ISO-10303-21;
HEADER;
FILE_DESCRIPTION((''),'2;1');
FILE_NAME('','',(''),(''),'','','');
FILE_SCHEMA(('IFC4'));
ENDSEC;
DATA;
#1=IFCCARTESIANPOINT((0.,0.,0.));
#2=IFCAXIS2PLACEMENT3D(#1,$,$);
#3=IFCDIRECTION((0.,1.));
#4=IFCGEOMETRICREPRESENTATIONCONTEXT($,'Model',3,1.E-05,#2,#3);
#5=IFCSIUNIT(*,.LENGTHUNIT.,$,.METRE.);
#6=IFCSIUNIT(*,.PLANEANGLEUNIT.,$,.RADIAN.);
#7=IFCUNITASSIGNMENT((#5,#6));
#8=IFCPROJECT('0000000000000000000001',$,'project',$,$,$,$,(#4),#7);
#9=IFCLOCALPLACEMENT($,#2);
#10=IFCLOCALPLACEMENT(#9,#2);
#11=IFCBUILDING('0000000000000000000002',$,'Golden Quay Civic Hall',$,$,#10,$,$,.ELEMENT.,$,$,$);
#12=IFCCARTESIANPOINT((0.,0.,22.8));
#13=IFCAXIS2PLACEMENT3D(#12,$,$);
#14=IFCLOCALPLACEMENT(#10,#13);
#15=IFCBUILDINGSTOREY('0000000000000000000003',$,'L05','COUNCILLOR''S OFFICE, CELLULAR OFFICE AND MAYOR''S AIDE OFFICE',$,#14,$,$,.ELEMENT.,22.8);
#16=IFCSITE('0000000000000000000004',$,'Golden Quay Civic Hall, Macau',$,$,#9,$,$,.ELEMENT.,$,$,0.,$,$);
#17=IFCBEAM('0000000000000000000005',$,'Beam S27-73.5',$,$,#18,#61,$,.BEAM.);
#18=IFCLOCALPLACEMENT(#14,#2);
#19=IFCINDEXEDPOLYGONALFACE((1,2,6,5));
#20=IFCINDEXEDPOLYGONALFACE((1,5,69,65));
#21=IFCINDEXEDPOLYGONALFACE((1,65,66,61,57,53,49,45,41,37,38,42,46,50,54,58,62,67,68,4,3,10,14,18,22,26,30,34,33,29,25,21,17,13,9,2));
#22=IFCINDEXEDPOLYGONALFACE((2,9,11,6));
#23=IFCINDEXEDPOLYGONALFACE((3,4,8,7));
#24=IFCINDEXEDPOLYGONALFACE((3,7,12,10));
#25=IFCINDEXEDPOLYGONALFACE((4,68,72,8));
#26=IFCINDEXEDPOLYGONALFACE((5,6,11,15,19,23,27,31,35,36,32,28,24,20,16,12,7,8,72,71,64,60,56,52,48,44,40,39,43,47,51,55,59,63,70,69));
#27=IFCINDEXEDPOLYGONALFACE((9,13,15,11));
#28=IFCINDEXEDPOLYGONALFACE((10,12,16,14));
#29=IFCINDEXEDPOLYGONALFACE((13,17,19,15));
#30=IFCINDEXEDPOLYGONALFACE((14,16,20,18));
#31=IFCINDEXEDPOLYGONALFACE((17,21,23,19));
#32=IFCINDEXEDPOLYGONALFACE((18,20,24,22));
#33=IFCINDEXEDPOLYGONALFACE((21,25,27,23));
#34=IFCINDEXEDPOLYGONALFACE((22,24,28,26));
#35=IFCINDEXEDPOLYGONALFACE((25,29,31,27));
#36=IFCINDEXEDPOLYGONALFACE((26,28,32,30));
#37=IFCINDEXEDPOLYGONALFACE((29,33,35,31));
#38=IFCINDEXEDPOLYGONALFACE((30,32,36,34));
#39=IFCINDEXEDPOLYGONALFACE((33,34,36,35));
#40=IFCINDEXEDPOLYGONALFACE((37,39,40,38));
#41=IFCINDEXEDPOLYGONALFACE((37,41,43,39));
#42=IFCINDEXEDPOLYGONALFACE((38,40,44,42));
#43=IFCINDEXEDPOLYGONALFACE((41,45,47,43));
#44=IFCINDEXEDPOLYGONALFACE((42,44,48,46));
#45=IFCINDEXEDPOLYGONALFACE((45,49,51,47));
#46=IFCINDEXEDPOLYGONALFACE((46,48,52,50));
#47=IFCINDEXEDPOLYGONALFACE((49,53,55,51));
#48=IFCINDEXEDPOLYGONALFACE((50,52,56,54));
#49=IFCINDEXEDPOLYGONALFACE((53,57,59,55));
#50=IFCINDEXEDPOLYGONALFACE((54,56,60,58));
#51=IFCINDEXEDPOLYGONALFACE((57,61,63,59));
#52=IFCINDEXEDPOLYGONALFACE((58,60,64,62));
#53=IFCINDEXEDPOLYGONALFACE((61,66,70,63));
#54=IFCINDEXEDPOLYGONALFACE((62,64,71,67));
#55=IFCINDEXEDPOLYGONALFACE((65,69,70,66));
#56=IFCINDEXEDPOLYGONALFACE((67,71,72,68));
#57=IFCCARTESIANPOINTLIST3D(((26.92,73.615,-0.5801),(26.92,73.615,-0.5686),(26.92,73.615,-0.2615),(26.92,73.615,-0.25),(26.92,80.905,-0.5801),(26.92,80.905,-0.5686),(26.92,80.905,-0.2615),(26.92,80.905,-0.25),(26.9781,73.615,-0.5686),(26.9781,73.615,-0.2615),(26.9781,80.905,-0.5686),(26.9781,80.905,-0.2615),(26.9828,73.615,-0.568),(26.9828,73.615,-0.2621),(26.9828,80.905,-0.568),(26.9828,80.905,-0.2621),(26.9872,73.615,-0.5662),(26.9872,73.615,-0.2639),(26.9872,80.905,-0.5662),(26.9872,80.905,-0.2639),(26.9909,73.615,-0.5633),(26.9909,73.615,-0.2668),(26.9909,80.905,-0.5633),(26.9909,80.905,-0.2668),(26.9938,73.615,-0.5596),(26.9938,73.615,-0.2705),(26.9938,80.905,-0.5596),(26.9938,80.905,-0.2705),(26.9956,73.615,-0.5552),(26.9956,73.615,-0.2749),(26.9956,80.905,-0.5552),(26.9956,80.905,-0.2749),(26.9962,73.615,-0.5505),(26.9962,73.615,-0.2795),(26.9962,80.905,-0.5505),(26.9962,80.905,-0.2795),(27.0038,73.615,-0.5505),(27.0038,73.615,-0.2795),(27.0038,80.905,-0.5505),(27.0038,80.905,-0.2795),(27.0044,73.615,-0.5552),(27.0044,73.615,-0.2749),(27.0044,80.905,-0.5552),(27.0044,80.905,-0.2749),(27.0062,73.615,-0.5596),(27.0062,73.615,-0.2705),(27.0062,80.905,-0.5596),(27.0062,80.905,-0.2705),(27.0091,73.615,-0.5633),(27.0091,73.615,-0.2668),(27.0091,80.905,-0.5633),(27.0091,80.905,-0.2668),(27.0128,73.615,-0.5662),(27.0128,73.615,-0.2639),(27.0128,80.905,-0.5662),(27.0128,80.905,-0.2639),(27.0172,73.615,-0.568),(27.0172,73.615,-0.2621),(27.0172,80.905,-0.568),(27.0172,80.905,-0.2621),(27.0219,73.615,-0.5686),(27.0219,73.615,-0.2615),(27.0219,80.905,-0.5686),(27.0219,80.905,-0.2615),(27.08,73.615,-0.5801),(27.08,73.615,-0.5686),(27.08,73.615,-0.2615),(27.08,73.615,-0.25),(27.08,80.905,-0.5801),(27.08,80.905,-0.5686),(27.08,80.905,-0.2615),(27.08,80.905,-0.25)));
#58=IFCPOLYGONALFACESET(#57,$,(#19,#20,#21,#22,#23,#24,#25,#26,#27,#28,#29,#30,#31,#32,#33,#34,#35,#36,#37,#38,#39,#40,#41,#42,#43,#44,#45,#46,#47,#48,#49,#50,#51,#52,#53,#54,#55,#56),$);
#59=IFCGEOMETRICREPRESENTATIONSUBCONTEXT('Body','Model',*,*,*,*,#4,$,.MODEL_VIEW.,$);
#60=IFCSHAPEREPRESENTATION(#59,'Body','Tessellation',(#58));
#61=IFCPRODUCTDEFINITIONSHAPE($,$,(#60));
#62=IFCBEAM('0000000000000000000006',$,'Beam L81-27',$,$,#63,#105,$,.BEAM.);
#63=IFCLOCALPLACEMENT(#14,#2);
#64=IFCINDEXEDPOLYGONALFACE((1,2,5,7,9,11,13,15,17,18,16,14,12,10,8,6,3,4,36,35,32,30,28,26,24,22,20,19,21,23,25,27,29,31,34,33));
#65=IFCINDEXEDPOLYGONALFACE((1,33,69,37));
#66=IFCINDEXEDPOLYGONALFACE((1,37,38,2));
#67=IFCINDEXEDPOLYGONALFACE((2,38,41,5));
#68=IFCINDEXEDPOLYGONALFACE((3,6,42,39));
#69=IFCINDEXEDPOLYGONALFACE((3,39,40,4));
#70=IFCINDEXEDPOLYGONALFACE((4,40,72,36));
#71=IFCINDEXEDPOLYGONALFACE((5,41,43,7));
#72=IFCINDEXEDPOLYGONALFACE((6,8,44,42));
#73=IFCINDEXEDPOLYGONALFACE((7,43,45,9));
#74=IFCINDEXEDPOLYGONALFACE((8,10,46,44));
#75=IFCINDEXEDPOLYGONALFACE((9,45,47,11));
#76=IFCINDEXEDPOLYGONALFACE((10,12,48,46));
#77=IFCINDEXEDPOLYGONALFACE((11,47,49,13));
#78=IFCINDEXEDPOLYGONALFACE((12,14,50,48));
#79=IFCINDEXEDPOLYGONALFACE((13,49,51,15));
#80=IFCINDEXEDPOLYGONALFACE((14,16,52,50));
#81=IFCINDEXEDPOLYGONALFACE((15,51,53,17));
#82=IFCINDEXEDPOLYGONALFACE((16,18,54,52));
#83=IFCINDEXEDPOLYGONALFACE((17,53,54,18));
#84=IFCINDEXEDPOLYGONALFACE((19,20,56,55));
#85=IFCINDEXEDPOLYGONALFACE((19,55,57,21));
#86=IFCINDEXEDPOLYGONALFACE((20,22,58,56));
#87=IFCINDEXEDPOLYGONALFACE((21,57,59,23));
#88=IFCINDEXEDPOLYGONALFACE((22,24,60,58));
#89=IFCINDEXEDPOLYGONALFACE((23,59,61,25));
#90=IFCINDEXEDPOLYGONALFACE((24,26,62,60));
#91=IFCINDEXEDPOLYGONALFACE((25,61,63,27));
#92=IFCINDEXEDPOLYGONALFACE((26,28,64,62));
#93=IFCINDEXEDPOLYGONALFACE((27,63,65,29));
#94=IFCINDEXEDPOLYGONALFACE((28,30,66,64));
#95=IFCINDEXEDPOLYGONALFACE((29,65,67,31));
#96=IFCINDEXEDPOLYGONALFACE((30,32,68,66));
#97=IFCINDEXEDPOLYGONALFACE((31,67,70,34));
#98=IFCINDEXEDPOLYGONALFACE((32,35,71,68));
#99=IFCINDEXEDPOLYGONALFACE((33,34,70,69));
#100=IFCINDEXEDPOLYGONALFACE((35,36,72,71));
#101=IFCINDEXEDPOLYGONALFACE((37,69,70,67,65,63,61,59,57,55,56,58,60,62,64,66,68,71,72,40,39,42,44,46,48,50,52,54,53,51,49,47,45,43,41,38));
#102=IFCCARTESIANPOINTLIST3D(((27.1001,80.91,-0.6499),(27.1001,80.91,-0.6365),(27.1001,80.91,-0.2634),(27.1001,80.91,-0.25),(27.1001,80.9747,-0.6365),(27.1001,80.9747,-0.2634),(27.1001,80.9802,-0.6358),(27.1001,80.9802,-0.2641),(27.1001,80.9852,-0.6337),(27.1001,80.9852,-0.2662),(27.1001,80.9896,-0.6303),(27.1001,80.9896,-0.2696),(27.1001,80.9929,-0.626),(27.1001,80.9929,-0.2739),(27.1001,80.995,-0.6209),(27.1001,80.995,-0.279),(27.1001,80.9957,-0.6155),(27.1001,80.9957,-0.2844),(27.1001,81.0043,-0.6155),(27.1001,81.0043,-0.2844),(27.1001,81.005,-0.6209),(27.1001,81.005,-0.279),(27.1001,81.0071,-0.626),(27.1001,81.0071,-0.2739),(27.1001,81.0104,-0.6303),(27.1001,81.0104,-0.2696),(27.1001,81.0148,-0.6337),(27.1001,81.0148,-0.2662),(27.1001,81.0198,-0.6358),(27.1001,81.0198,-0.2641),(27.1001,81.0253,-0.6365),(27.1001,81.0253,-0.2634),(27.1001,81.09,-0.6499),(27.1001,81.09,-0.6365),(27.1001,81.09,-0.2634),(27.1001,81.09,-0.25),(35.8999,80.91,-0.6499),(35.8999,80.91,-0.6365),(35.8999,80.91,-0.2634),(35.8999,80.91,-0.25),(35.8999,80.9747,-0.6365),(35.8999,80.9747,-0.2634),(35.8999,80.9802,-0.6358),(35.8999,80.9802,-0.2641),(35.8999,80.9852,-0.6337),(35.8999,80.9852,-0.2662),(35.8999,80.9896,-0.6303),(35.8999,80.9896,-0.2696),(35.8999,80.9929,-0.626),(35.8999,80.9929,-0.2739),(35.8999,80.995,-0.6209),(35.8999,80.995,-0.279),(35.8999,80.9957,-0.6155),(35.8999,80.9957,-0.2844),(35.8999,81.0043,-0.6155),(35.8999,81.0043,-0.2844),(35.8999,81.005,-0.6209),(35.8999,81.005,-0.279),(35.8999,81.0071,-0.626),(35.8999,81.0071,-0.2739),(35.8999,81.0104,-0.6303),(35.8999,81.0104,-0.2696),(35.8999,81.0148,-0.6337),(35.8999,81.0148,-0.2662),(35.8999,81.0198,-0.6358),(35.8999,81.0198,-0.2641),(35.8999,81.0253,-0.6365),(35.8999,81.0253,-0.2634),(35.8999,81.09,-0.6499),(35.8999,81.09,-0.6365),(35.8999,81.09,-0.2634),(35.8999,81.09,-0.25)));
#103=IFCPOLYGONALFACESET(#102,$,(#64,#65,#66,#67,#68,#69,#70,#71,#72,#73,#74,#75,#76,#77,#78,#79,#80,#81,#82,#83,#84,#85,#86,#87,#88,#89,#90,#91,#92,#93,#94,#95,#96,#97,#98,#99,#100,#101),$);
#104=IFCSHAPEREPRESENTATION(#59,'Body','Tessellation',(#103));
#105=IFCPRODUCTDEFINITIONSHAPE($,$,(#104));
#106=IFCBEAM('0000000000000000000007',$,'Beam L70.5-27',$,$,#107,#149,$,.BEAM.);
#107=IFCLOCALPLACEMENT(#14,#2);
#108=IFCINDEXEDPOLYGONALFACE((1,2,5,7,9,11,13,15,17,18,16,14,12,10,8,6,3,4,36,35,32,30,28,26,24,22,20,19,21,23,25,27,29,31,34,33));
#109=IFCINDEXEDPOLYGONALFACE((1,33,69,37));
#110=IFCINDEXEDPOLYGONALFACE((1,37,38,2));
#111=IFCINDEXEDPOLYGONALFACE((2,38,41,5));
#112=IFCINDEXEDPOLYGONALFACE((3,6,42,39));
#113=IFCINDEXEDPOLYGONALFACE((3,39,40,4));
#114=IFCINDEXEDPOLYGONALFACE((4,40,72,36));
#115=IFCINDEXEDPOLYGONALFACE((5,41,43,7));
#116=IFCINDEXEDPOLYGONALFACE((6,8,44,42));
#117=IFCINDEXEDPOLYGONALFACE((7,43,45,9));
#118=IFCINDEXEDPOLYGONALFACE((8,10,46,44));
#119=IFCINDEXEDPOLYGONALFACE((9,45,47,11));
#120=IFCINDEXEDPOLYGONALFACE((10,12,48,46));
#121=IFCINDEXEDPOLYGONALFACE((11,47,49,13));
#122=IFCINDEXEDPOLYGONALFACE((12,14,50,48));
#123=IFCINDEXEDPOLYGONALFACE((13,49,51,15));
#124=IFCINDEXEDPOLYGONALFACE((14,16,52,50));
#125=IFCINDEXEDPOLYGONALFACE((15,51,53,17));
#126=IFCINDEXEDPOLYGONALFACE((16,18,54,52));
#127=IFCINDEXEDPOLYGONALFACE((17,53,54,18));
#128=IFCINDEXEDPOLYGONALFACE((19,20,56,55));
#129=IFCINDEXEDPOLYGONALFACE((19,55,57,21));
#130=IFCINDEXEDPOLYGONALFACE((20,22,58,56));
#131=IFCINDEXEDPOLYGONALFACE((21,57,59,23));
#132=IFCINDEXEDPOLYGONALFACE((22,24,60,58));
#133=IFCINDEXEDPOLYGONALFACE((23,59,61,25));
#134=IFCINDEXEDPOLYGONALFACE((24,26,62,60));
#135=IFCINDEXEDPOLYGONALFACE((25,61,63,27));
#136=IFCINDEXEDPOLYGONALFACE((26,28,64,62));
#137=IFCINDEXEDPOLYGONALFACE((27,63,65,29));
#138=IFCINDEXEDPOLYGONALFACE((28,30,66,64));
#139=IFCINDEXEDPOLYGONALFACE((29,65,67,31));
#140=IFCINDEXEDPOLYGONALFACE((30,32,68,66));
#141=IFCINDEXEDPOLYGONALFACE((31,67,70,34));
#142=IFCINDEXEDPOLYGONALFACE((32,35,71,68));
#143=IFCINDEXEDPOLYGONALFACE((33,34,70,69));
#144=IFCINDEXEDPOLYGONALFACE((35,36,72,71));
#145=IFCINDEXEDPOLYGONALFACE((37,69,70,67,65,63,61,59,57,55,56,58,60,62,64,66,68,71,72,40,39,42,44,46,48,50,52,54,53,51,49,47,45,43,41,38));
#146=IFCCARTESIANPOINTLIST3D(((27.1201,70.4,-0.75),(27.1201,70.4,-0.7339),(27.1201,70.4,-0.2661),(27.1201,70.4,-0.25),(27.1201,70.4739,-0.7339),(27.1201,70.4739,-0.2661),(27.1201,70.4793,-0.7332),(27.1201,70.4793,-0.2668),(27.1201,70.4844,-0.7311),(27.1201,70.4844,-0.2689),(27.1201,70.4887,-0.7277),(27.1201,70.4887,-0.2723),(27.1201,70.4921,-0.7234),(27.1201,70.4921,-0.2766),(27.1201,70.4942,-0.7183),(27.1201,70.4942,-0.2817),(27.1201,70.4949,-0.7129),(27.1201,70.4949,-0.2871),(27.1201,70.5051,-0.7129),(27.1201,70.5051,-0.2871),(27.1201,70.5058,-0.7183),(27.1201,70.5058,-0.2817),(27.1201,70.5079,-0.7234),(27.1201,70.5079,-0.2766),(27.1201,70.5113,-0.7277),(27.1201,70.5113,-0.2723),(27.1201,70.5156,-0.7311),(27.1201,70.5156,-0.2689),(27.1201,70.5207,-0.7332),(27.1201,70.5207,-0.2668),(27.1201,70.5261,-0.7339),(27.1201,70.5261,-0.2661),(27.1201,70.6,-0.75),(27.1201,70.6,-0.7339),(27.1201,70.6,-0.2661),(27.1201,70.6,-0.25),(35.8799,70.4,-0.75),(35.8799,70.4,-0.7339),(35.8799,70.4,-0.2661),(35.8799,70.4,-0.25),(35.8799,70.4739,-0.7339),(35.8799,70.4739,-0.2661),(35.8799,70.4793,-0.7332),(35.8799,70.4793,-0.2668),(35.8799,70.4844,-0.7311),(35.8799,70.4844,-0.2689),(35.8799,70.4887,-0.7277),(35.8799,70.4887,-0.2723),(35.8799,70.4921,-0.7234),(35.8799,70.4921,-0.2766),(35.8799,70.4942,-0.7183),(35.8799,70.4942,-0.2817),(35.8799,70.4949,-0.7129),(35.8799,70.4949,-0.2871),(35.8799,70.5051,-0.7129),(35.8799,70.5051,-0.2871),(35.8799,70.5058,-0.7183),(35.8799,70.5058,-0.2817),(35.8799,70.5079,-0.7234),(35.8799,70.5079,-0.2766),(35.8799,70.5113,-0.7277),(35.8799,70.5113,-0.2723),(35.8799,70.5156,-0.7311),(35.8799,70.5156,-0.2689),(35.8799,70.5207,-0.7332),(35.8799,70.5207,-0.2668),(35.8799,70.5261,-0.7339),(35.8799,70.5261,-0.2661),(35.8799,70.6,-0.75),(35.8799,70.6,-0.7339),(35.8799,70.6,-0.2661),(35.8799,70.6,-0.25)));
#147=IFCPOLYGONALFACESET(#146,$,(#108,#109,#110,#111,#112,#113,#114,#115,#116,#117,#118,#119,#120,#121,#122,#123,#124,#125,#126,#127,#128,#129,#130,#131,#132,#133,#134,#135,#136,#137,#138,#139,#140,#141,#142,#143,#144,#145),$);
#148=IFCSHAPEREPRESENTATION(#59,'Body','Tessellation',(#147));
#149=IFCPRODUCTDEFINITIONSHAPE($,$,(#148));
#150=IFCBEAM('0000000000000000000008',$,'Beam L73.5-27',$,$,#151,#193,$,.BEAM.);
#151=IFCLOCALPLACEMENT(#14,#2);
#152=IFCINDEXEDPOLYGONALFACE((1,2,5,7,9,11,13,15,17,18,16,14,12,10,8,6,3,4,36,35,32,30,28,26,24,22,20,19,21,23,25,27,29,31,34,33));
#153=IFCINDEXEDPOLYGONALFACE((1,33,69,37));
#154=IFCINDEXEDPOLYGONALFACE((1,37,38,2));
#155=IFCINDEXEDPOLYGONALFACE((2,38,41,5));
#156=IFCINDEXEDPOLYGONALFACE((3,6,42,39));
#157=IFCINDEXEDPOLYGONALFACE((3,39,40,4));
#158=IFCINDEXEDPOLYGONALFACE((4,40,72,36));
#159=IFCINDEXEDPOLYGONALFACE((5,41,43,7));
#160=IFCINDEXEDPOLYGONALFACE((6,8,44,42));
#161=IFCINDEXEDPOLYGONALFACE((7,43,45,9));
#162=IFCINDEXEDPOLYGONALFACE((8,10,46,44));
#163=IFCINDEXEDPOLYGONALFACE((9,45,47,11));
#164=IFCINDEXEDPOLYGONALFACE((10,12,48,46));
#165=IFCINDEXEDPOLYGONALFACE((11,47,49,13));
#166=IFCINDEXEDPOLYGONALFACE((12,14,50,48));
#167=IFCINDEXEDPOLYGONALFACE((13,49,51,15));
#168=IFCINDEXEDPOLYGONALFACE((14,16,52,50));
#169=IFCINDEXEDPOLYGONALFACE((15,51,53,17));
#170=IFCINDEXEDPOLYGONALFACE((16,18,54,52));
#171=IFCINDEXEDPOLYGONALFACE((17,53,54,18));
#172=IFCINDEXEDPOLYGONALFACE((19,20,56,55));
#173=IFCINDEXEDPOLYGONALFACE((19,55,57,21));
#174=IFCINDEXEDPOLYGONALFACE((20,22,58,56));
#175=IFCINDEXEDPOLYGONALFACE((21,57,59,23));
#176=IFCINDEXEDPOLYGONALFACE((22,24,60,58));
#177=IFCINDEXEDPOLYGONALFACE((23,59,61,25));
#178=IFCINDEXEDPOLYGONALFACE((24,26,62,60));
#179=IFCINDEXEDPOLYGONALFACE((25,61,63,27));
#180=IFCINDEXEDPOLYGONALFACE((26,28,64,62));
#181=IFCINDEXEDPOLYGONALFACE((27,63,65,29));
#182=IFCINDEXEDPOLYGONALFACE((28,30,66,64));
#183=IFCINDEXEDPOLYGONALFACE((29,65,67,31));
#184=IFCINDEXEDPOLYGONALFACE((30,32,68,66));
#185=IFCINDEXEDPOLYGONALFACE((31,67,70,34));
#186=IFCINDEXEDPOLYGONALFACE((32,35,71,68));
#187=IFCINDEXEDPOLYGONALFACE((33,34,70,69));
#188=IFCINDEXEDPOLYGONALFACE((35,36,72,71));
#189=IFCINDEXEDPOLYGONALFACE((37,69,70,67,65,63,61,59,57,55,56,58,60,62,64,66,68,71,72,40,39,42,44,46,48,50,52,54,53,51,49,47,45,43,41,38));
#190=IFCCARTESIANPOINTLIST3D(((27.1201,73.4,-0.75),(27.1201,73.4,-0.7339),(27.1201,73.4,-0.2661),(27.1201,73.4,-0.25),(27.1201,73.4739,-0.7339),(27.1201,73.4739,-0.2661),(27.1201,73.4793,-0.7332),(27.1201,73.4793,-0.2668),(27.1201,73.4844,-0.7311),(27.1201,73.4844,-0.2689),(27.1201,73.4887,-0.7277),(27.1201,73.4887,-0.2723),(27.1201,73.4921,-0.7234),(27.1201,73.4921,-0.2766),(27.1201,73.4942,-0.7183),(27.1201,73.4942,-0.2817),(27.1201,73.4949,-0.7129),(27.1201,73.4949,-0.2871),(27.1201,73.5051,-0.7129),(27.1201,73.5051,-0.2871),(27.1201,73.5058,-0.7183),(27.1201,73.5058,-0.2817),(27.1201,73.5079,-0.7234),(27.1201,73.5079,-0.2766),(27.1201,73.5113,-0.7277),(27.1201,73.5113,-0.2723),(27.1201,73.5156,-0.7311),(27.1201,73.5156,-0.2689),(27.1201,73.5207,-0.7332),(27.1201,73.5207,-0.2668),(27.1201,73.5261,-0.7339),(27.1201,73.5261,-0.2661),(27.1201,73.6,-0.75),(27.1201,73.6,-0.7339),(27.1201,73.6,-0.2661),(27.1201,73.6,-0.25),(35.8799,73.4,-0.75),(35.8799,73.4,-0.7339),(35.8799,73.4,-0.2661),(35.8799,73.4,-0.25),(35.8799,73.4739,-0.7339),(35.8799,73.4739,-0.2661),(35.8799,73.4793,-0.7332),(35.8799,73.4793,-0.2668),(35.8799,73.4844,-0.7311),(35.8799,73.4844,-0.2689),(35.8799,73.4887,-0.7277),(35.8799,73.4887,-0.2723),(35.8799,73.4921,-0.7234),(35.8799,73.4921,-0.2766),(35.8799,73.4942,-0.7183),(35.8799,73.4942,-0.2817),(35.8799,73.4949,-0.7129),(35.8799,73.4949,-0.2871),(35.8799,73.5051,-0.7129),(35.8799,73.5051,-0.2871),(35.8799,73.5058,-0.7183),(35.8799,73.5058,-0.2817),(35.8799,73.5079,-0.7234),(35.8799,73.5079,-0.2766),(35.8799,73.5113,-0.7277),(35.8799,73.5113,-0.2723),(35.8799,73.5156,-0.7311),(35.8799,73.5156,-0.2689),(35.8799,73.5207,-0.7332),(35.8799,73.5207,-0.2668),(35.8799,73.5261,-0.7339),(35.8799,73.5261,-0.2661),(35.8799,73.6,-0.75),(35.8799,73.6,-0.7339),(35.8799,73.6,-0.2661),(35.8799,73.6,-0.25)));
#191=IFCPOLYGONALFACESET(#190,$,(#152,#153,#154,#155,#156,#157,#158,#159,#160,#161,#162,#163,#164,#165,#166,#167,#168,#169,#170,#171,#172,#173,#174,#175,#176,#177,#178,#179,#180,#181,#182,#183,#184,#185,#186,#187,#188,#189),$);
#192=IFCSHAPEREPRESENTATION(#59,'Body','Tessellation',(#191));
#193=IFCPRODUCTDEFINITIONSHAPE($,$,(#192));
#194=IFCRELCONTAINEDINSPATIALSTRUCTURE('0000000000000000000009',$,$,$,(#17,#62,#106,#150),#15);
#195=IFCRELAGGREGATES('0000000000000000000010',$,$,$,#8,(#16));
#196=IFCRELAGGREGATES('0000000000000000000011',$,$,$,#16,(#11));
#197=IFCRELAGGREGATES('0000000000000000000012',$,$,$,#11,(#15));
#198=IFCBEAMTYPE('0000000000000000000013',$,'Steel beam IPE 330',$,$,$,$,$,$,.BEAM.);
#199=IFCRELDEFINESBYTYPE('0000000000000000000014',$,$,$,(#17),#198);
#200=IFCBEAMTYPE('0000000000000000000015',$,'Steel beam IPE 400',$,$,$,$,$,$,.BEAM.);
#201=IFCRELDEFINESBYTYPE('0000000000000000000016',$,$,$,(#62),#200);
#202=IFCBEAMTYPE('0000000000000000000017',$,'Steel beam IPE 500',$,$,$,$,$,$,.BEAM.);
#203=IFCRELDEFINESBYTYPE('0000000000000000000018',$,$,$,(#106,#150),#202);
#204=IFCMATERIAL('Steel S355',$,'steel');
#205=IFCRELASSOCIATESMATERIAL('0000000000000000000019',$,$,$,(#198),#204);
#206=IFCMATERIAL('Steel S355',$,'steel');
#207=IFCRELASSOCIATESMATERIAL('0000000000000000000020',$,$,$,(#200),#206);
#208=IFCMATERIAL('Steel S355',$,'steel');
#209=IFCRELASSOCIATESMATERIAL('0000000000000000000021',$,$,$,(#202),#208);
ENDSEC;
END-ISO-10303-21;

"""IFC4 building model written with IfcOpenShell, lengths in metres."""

from ifc_helpers import new_model, si_unit, direction, frame, origin, origin_2d, place, context, subcontext, project, spatial, i_section, extrude, material, material_profile, profile_set, type_object, element, save


model = new_model("IFC4")

# Units and contexts
model_context = context("Model", 3, precision=1e-05, world=origin(), true_north=direction((0.0, 1.0)))
body_context = subcontext(model_context, "Body", "Model", "MODEL_VIEW")
ifc_project = project(units=[si_unit("LENGTHUNIT", "METRE"), si_unit("PLANEANGLEUNIT", "RADIAN")], contexts=[model_context])

# Site, building, storey
site_placement = place(None, origin())
site = spatial("IfcSite", under=ifc_project, at=site_placement, Name="Golden Quay Civic Hall, Macau", CompositionType="ELEMENT", RefElevation=0.0)
building_placement = place(site_placement, origin())
building = spatial("IfcBuilding", under=site, at=building_placement, Name="Golden Quay Civic Hall", CompositionType="ELEMENT")
storey_placement = place(building_placement, frame((0.0, 0.0, 22.8)))
storey = spatial("IfcBuildingStorey", under=building, at=storey_placement, Name="L05", Description="COUNCILLOR'S OFFICE, CELLULAR OFFICE AND MAYOR'S AIDE OFFICE", CompositionType="ELEMENT", Elevation=22.8)

# Beams
ifc_material_1 = material(Name="Steel S355", Category="steel")
ifc_material_profile_1 = material_profile(ifc_material_1, i_section(OverallWidth=0.1599, OverallDepth=0.3301, WebThickness=0.0076, FlangeThickness=0.0115, FilletRadius=0.0181, at=origin_2d()), Name="IPE 330")
ifc_profile_set_1 = profile_set([ifc_material_profile_1], Name="Steel S355")
beam_type_1 = type_object("IfcBeamType", Name="Steel beam IPE 330", PredefinedType="BEAM", material=ifc_profile_set_1)
beam_1_placement = place(storey_placement, frame((27.0, 73.615, -0.415), z_axis=(0.0, 1.0, 0.0), x_axis=(-1.0, 0.0, 0.0)))
element("IfcBeam", 1, at=beam_1_placement, inside=storey, type_object=beam_type_1, Name="Beam S27-73.5", PredefinedType="BEAM", context=body_context, shape_type="SweptSolid", body=[
    extrude(i_section(OverallWidth=0.1599, OverallDepth=0.3301, WebThickness=0.0076, FlangeThickness=0.0115, FilletRadius=0.0181, at=origin_2d()), origin(), (0.0, 0.0, 1.0), 7.29),
])
ifc_material_2 = material(Name="Steel S355", Category="steel")
ifc_material_profile_2 = material_profile(ifc_material_2, i_section(OverallWidth=0.1799, OverallDepth=0.3999, WebThickness=0.0085, FlangeThickness=0.0134, FilletRadius=0.021, at=origin_2d()), Name="IPE 400")
ifc_profile_set_2 = profile_set([ifc_material_profile_2], Name="Steel S355")
beam_type_2 = type_object("IfcBeamType", Name="Steel beam IPE 400", PredefinedType="BEAM", material=ifc_profile_set_2)
beam_2_placement = place(storey_placement, frame((27.1001, 81.0, -0.45), z_axis=(1.0, 0.0, 0.0), x_axis=(0.0, 1.0, 0.0)))
element("IfcBeam", 2, at=beam_2_placement, inside=storey, type_object=beam_type_2, Name="Beam L81-27", PredefinedType="BEAM", context=body_context, shape_type="SweptSolid", body=[
    extrude(i_section(OverallWidth=0.1799, OverallDepth=0.3999, WebThickness=0.0085, FlangeThickness=0.0134, FilletRadius=0.021, at=origin_2d()), origin(), (0.0, 0.0, 1.0), 8.7998),
])
ifc_material_3 = material(Name="Steel S355", Category="steel")
ifc_material_profile_3 = material_profile(ifc_material_3, i_section(OverallWidth=0.2, OverallDepth=0.5, WebThickness=0.0103, FlangeThickness=0.0161, FilletRadius=0.021, at=origin_2d()), Name="IPE 500")
ifc_profile_set_3 = profile_set([ifc_material_profile_3], Name="Steel S355")
beam_type_3 = type_object("IfcBeamType", Name="Steel beam IPE 500", PredefinedType="BEAM", material=ifc_profile_set_3)
for number, where, z_axis, x_axis, name in (
    (3, (27.1201, 70.5, -0.5), (1.0, 0.0, 0.0), (0.0, 1.0, 0.0), "Beam L70.5-27"),
    (4, (27.1201, 73.5, -0.5), (1.0, 0.0, 0.0), (0.0, 1.0, 0.0), "Beam L73.5-27"),
):
    element("IfcBeam", number, at=place(storey_placement, frame(where, z_axis=z_axis, x_axis=x_axis)), inside=storey, type_object=beam_type_3, Name=name, PredefinedType="BEAM", context=body_context, shape_type="SweptSolid", body=[
        extrude(i_section(OverallWidth=0.2, OverallDepth=0.5, WebThickness=0.0103, FlangeThickness=0.0161, FilletRadius=0.021, at=origin_2d()), origin(), (0.0, 0.0, 1.0), 8.7598),
    ])

save(model, "model.ifc")
